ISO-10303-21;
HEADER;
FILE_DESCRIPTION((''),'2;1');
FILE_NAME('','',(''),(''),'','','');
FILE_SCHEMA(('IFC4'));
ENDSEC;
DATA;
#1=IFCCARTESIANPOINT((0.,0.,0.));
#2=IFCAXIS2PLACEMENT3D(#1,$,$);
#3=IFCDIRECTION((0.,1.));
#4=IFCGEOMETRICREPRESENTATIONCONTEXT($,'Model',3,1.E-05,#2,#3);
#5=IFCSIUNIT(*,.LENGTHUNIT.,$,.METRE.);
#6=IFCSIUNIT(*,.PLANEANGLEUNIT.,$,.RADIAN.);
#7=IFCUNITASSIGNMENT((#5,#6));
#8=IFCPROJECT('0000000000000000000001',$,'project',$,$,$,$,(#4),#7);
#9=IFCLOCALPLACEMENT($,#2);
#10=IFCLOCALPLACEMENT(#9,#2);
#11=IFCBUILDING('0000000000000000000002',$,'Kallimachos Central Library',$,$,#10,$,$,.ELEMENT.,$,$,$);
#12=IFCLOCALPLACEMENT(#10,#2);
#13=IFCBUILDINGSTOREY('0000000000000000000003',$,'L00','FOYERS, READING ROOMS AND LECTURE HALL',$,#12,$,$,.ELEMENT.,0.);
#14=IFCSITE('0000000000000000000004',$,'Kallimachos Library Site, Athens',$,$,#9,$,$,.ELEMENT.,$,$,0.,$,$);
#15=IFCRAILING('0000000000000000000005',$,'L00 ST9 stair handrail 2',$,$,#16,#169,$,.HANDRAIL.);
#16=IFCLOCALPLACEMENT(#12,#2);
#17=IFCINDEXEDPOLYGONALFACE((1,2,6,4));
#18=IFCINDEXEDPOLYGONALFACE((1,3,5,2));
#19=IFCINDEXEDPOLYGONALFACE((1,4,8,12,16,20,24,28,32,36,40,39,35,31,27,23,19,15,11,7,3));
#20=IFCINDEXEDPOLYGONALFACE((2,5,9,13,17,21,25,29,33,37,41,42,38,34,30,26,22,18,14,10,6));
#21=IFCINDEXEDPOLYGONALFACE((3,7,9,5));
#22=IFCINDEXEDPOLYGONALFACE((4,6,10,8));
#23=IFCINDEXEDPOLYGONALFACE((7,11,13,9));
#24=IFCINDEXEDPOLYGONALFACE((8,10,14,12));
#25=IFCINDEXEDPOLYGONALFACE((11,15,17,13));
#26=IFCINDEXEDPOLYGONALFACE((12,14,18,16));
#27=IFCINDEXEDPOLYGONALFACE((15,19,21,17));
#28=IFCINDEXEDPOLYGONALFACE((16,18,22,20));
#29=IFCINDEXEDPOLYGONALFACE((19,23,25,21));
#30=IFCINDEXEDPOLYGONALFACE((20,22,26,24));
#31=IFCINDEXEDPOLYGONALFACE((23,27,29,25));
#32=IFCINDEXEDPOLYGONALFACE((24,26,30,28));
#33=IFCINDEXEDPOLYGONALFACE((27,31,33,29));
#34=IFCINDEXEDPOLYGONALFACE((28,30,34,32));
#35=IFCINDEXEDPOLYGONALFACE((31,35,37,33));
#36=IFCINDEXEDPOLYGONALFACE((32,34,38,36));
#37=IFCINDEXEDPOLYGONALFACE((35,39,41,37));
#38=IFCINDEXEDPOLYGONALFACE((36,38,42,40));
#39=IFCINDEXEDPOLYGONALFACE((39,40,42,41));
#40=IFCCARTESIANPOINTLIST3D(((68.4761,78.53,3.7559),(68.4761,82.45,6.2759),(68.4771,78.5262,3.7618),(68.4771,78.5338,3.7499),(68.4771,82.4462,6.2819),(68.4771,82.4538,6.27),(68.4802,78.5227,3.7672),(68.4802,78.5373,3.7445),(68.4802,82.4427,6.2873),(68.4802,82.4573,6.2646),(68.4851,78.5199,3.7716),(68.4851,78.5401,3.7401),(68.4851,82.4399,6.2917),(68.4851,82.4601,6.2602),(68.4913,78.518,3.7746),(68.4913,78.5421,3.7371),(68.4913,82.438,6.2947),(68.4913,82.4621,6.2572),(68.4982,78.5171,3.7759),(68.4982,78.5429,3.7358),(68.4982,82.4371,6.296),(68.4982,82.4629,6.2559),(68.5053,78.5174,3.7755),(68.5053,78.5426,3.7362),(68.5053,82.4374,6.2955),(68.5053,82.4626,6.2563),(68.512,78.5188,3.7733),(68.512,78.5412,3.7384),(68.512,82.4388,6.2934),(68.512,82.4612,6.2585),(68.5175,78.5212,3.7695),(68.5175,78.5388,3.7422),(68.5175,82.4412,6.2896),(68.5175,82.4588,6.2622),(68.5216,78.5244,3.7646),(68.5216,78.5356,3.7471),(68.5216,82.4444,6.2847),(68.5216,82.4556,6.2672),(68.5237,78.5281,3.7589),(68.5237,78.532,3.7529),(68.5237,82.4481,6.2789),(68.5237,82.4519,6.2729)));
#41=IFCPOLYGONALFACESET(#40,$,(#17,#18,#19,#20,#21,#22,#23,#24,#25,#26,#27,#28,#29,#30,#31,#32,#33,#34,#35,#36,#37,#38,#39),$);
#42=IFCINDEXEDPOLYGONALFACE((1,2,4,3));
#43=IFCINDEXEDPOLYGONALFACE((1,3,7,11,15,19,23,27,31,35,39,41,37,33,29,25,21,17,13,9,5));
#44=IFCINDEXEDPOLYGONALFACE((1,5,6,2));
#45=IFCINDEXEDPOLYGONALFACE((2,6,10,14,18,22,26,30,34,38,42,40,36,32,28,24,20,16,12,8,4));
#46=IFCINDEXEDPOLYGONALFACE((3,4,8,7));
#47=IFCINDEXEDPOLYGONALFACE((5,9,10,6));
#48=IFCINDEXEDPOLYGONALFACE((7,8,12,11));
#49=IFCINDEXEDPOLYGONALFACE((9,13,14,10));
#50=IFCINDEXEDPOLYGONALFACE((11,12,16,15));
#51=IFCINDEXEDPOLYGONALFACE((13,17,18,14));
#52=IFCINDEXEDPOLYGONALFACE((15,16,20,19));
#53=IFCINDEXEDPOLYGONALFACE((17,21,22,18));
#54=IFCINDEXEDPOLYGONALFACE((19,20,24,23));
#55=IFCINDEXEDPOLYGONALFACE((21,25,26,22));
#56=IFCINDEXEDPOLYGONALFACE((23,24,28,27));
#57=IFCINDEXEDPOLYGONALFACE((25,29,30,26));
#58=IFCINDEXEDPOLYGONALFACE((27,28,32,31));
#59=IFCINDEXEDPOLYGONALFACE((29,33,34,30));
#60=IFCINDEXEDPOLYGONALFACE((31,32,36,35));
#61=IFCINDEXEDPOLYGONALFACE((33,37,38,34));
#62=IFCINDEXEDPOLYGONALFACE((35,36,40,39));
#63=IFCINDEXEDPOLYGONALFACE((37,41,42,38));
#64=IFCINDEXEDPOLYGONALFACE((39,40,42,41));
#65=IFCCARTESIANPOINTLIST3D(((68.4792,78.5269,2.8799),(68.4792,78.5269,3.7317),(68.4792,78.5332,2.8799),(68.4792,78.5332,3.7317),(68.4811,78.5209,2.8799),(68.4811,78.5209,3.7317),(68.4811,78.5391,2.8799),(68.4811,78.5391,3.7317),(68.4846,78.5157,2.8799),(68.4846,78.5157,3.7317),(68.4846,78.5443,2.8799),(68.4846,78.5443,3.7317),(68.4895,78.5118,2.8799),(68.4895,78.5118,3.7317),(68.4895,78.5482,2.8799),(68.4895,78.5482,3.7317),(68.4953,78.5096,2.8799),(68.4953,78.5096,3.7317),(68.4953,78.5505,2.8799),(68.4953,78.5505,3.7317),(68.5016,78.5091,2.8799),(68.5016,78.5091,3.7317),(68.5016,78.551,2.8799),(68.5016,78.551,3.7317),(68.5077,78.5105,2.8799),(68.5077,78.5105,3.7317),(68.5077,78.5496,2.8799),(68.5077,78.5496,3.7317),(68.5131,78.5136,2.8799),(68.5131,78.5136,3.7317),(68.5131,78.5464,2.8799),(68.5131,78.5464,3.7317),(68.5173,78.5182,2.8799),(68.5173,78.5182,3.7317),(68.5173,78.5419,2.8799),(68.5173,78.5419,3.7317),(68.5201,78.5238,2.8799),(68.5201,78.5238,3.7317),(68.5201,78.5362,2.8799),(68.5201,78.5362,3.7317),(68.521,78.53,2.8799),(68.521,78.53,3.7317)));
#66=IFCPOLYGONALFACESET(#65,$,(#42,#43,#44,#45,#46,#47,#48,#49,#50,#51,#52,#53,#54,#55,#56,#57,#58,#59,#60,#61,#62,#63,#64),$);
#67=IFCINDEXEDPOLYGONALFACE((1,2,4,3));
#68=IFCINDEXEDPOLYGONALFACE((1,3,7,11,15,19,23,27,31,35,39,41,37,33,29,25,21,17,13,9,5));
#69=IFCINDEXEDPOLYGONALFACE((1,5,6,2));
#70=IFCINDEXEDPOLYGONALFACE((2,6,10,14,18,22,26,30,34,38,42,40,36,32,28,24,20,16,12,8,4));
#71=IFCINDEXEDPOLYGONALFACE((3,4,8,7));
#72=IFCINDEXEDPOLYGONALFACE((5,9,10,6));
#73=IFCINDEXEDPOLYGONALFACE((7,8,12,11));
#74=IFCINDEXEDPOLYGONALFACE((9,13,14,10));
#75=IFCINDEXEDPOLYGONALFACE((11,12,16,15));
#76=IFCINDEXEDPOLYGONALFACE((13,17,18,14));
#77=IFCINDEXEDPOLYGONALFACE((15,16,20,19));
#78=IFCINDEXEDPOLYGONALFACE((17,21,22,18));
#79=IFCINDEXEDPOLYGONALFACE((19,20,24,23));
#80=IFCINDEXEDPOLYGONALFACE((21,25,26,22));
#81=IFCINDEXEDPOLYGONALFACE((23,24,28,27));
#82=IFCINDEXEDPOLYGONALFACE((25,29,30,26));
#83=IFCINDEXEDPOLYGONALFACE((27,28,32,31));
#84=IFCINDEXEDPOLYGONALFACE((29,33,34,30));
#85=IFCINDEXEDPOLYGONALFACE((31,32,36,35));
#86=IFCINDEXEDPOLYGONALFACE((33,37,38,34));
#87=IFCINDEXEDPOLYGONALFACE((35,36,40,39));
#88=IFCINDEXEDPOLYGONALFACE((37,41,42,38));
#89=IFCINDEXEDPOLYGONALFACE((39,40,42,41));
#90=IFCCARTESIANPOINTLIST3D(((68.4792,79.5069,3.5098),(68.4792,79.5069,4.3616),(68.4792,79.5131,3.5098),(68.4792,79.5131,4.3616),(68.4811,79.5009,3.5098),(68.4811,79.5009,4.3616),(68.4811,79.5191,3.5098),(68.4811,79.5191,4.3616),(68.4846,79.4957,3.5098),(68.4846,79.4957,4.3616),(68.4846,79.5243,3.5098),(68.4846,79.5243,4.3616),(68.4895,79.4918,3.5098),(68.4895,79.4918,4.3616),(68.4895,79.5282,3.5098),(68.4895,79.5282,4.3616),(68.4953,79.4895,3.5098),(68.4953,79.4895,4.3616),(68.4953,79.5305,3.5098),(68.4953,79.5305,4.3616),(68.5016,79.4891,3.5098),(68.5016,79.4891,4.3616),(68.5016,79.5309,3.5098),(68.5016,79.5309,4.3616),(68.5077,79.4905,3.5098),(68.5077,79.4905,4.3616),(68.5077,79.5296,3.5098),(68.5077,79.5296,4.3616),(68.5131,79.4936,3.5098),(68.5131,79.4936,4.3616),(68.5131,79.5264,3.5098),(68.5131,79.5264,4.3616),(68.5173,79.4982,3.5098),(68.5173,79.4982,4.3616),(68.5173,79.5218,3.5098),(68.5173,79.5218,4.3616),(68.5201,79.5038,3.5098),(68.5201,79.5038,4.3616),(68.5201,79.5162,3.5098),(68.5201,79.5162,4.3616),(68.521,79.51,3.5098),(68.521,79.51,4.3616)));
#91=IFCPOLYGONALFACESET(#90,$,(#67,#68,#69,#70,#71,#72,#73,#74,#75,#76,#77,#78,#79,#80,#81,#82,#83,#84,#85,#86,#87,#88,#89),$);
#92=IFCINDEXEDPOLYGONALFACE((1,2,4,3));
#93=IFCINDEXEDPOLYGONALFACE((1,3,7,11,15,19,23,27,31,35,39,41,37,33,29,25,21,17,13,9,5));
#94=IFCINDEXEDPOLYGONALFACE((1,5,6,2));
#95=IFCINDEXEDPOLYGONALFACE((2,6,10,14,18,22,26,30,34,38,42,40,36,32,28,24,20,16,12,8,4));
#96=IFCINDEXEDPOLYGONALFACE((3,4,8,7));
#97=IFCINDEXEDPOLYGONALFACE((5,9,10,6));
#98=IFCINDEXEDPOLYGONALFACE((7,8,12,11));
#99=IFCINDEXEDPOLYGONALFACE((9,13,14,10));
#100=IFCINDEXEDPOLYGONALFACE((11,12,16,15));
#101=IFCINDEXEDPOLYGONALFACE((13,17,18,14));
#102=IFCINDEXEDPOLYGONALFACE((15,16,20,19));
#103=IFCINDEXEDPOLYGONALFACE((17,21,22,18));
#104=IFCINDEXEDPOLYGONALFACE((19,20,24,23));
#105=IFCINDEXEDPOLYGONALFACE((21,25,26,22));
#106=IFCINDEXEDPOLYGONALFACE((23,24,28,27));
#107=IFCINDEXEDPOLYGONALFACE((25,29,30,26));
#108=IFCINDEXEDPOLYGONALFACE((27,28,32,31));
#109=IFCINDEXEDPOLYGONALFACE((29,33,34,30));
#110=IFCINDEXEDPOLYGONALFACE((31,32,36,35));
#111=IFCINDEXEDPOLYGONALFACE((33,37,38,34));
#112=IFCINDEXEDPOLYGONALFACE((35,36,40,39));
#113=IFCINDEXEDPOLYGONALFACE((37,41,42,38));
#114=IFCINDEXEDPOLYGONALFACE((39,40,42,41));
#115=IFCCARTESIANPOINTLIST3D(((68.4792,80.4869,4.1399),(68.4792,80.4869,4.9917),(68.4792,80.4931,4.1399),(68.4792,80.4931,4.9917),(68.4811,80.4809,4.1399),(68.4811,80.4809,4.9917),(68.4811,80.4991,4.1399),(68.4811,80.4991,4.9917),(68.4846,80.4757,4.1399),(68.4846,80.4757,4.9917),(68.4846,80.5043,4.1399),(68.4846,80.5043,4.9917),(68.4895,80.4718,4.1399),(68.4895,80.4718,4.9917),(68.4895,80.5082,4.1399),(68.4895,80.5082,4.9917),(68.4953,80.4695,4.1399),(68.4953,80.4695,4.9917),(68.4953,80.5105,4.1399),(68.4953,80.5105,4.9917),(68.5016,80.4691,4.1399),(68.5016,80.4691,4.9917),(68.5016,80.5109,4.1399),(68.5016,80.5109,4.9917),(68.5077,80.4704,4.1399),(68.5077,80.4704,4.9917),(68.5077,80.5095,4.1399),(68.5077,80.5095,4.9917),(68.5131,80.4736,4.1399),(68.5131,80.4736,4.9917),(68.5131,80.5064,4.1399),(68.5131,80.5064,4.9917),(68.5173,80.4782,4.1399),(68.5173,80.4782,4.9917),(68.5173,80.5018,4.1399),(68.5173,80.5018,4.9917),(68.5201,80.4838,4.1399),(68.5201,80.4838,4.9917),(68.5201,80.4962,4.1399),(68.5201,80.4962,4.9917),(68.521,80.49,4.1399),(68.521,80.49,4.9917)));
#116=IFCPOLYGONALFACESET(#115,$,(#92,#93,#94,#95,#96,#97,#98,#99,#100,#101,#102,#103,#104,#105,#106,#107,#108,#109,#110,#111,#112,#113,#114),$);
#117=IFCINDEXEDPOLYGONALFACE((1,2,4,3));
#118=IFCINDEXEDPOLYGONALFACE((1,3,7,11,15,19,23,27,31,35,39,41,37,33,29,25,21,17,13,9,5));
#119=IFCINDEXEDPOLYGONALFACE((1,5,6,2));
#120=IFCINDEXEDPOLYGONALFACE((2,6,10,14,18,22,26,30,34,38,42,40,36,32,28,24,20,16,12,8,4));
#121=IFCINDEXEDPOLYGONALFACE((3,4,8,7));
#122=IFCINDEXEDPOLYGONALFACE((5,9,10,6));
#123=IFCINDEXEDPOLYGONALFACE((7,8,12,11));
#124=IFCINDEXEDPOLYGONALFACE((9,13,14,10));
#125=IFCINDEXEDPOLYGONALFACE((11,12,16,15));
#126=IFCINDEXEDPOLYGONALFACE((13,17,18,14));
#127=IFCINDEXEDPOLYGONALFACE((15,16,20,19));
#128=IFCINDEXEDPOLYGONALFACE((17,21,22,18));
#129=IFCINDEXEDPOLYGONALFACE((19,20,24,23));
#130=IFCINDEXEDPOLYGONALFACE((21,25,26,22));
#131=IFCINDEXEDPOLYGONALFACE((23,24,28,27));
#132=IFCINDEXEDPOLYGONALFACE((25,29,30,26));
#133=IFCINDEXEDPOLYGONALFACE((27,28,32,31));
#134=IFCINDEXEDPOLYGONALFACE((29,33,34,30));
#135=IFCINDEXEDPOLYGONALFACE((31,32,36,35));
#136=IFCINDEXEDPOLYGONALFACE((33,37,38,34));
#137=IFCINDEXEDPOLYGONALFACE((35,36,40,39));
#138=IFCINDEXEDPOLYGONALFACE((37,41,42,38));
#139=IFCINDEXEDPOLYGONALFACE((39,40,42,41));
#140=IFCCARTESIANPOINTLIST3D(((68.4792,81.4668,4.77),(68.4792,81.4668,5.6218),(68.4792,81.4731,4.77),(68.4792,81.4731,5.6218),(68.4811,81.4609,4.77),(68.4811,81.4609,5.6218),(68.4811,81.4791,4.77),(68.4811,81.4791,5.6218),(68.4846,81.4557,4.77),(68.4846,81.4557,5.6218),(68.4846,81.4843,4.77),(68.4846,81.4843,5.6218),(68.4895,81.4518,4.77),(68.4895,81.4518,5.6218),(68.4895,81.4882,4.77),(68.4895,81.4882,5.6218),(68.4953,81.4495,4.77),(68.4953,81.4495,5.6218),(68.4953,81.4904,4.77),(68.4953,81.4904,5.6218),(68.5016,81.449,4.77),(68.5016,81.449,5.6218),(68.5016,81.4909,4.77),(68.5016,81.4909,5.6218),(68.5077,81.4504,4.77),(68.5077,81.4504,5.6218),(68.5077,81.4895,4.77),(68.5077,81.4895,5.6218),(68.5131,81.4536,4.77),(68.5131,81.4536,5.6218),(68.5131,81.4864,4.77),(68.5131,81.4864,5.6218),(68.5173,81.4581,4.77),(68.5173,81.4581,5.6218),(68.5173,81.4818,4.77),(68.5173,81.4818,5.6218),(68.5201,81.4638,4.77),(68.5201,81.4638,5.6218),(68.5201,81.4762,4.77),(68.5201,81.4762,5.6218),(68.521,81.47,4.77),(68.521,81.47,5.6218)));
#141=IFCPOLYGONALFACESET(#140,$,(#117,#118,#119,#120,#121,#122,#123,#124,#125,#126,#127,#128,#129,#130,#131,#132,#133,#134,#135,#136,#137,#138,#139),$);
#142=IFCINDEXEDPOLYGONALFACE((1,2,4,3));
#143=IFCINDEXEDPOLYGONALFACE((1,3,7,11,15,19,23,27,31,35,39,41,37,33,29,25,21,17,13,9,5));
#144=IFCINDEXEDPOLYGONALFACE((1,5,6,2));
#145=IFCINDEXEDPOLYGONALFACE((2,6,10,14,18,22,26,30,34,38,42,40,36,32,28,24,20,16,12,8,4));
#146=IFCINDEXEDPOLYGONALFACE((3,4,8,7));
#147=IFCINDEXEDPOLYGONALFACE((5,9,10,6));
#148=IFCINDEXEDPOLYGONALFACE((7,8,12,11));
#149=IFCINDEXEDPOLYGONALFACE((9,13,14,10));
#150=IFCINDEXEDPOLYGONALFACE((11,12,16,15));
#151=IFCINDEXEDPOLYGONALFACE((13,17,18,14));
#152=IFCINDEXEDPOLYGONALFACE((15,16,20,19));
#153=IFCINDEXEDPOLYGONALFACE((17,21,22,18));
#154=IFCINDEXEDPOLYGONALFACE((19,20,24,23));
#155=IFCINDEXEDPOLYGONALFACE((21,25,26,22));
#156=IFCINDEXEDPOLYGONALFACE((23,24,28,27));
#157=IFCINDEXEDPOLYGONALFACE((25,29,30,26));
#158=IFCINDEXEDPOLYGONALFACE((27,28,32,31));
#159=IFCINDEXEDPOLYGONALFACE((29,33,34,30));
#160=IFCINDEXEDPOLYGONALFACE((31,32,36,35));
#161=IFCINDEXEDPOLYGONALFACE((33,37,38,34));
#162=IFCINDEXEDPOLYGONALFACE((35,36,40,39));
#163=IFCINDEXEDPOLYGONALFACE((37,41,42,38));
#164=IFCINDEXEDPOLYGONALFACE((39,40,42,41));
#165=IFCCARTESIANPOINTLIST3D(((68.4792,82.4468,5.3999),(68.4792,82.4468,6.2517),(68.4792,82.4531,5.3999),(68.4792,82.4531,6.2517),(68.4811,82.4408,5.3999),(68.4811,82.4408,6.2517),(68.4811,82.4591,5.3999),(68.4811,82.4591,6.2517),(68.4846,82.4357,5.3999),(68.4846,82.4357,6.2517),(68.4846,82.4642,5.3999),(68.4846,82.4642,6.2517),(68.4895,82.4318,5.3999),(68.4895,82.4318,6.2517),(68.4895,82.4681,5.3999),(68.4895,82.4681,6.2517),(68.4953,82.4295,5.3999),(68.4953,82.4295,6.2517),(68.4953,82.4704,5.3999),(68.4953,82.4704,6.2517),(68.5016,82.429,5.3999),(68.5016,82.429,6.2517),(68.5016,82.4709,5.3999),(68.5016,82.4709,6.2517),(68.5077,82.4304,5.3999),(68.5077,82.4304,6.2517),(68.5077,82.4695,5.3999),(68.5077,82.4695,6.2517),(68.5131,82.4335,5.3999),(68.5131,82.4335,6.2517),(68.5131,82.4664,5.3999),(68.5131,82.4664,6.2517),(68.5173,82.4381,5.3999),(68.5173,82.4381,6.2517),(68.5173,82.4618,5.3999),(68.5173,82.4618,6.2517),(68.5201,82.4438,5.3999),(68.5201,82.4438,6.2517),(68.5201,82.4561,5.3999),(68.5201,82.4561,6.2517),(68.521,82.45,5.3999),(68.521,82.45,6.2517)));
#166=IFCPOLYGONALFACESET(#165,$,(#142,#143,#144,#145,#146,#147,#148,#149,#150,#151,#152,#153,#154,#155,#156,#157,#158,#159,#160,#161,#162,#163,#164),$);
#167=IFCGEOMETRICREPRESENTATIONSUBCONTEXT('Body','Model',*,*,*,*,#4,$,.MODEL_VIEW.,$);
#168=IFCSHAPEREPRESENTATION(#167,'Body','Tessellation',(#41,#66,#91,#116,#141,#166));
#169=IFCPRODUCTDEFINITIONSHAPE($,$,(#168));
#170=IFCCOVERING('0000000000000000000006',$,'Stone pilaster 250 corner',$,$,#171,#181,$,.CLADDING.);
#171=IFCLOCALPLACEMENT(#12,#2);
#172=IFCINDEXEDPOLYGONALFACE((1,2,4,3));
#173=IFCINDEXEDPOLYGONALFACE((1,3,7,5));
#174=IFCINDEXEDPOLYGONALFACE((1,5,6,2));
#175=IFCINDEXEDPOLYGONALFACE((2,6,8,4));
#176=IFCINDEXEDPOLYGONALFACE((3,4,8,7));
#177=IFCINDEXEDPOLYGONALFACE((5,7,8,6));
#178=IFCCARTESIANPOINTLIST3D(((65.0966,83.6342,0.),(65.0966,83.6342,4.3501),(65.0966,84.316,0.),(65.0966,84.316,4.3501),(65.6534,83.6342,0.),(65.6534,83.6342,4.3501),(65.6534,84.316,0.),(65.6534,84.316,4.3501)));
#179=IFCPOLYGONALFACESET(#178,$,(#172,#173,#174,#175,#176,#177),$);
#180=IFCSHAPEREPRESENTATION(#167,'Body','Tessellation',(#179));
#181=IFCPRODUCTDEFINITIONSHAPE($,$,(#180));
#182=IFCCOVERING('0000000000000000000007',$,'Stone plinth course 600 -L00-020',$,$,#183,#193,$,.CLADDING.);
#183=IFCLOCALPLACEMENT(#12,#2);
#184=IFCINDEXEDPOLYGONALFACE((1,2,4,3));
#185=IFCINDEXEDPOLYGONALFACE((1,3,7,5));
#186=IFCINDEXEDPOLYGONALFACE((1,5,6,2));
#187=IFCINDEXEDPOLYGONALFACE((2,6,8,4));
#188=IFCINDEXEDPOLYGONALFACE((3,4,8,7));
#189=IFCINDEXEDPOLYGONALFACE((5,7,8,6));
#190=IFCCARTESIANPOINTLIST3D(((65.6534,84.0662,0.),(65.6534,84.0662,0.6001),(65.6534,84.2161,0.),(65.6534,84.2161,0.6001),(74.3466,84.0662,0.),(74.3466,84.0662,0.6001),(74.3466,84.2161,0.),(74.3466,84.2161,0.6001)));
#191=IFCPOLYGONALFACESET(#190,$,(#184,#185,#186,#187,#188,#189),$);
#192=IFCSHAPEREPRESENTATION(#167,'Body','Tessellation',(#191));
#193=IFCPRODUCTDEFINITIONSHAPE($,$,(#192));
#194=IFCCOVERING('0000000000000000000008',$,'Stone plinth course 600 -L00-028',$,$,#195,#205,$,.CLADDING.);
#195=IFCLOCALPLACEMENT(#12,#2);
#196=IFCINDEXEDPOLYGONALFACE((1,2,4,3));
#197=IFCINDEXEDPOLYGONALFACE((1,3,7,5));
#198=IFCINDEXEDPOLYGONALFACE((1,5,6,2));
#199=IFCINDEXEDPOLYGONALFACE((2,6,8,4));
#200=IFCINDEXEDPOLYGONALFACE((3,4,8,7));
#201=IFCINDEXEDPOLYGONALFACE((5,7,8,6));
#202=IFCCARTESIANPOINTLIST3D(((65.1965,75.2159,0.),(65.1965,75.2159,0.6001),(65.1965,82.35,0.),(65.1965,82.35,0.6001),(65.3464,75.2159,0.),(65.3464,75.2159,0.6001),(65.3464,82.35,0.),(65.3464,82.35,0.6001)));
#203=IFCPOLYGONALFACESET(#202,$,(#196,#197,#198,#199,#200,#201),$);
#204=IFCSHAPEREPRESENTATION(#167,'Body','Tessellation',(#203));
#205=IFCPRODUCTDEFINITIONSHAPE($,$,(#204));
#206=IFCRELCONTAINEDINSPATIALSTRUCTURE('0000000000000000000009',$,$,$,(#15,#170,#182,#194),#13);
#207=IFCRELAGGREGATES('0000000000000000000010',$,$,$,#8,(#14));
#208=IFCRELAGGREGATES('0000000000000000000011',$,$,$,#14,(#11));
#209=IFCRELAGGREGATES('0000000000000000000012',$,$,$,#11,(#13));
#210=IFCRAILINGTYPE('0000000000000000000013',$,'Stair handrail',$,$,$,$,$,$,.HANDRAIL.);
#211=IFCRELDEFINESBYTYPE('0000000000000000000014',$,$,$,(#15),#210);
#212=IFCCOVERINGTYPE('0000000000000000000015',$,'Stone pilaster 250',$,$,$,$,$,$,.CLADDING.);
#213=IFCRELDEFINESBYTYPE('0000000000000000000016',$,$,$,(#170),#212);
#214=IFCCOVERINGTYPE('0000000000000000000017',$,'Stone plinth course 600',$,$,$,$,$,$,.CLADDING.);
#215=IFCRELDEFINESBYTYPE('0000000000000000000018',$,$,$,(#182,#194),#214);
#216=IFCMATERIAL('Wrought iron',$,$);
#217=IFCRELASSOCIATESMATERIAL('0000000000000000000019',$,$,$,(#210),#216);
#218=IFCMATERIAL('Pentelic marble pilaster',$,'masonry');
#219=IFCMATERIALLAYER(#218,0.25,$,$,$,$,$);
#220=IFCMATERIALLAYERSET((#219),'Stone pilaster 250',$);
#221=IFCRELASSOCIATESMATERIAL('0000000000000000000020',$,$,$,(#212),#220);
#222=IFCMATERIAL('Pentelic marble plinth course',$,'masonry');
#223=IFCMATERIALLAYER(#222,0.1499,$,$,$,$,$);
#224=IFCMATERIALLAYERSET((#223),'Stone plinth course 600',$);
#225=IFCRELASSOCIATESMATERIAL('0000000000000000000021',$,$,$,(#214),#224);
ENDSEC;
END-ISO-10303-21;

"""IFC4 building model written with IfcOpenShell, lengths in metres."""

from ifc_helpers import new_model, si_unit, direction, frame, origin, origin_2d, place, context, subcontext, project, spatial, rectangle, circle, extrude, material, layer, layer_set, type_object, element, save


model = new_model("IFC4")

# Units and contexts
model_context = context("Model", 3, precision=1e-05, world=origin(), true_north=direction((0.0, 1.0)))
body_context = subcontext(model_context, "Body", "Model", "MODEL_VIEW")
ifc_project = project(units=[si_unit("LENGTHUNIT", "METRE"), si_unit("PLANEANGLEUNIT", "RADIAN")], contexts=[model_context])

# Site, building, storey
site_placement = place(None, origin())
site = spatial("IfcSite", under=ifc_project, at=site_placement, Name="Kallimachos Library Site, Athens", CompositionType="ELEMENT", RefElevation=0.0)
building_placement = place(site_placement, origin())
building = spatial("IfcBuilding", under=site, at=building_placement, Name="Kallimachos Central Library", CompositionType="ELEMENT")
storey_placement = place(building_placement, origin())
storey = spatial("IfcBuildingStorey", under=building, at=storey_placement, Name="L00", Description="FOYERS, READING ROOMS AND LECTURE HALL", CompositionType="ELEMENT", Elevation=0.0)

# Railing
ifc_material_1 = material(Name="Wrought iron")
railing_type_1 = type_object("IfcRailingType", Name="Stair handrail", PredefinedType="HANDRAIL", material=ifc_material_1)
railing_1_placement = place(storey_placement, frame((68.5, 78.53, 2.8799)))
element("IfcRailing", 1, at=railing_1_placement, inside=storey, type_object=railing_type_1, Name="L00 ST9 stair handrail 2", PredefinedType="HANDRAIL", context=body_context, shape_type="SweptSolid", body=[
    extrude(circle(Radius=0.0239, at=origin_2d()), frame((0.0, 0.0, 0.876), z_axis=(0.0, 0.841172, 0.540768), x_axis=(-1.0, 0.0, 0.0)), (0.0, 0.0, 1.0), 4.6602),
    extrude(circle(Radius=0.021, at=origin_2d()), origin(), (0.0, 0.0, 1.0), 0.8518),
    extrude(circle(Radius=0.021, at=origin_2d()), frame((0.0, 0.98, 0.6299)), (0.0, 0.0, 1.0), 0.8518),
    extrude(circle(Radius=0.021, at=origin_2d()), frame((0.0, 1.96, 1.26)), (0.0, 0.0, 1.0), 0.8518),
    extrude(circle(Radius=0.021, at=origin_2d()), frame((0.0, 2.9399, 1.8901)), (0.0, 0.0, 1.0), 0.8518),
    extrude(circle(Radius=0.021, at=origin_2d()), frame((0.0, 3.9199, 2.52)), (0.0, 0.0, 1.0), 0.8518),
])

# Coverings
ifc_material_2 = material(Name="Pentelic marble pilaster", Category="masonry")
ifc_layer_1 = layer(ifc_material_2, 0.25)
ifc_layer_set_1 = layer_set([ifc_layer_1], Name="Stone pilaster 250")
covering_type_1 = type_object("IfcCoveringType", Name="Stone pilaster 250", PredefinedType="CLADDING", material=ifc_layer_set_1)
covering_1_placement = place(storey_placement, frame((65.375, 83.9751, 0.0), z_axis=(0.0, 0.0, 1.0), x_axis=(1.0, 0.0, 0.0)))
element("IfcCovering", 2, at=covering_1_placement, inside=storey, type_object=covering_type_1, Name="Stone pilaster 250 corner", PredefinedType="CLADDING", context=body_context, shape_type="SweptSolid", body=[
    extrude(rectangle(XDim=0.5569, YDim=0.6819, at=origin_2d()), origin(), (0.0, 0.0, 1.0), 4.3501),
])
ifc_material_3 = material(Name="Pentelic marble plinth course", Category="masonry")
ifc_layer_2 = layer(ifc_material_3, 0.1499)
ifc_layer_set_2 = layer_set([ifc_layer_2], Name="Stone plinth course 600")
covering_type_2 = type_object("IfcCoveringType", Name="Stone plinth course 600", PredefinedType="CLADDING", material=ifc_layer_set_2)
covering_2_placement = place(storey_placement, frame((70.0, 84.1411, 0.0), z_axis=(0.0, 0.0, 1.0), x_axis=(1.0, 0.0, 0.0)))
element("IfcCovering", 3, at=covering_2_placement, inside=storey, type_object=covering_type_2, Name="Stone plinth course 600 -L00-020", PredefinedType="CLADDING", context=body_context, shape_type="SweptSolid", body=[
    extrude(rectangle(XDim=8.6931, YDim=0.1499, at=origin_2d()), origin(), (0.0, 0.0, 1.0), 0.6001),
])
covering_3_placement = place(storey_placement, frame((65.2715, 78.783, 0.0), z_axis=(0.0, 0.0, 1.0), x_axis=(1.0, 0.0, 0.0)))
element("IfcCovering", 4, at=covering_3_placement, inside=storey, type_object=covering_type_2, Name="Stone plinth course 600 -L00-028", PredefinedType="CLADDING", context=body_context, shape_type="SweptSolid", body=[
    extrude(rectangle(XDim=0.1499, YDim=7.134, at=origin_2d()), origin(), (0.0, 0.0, 1.0), 0.6001),
])

save(model, "model.ifc")
